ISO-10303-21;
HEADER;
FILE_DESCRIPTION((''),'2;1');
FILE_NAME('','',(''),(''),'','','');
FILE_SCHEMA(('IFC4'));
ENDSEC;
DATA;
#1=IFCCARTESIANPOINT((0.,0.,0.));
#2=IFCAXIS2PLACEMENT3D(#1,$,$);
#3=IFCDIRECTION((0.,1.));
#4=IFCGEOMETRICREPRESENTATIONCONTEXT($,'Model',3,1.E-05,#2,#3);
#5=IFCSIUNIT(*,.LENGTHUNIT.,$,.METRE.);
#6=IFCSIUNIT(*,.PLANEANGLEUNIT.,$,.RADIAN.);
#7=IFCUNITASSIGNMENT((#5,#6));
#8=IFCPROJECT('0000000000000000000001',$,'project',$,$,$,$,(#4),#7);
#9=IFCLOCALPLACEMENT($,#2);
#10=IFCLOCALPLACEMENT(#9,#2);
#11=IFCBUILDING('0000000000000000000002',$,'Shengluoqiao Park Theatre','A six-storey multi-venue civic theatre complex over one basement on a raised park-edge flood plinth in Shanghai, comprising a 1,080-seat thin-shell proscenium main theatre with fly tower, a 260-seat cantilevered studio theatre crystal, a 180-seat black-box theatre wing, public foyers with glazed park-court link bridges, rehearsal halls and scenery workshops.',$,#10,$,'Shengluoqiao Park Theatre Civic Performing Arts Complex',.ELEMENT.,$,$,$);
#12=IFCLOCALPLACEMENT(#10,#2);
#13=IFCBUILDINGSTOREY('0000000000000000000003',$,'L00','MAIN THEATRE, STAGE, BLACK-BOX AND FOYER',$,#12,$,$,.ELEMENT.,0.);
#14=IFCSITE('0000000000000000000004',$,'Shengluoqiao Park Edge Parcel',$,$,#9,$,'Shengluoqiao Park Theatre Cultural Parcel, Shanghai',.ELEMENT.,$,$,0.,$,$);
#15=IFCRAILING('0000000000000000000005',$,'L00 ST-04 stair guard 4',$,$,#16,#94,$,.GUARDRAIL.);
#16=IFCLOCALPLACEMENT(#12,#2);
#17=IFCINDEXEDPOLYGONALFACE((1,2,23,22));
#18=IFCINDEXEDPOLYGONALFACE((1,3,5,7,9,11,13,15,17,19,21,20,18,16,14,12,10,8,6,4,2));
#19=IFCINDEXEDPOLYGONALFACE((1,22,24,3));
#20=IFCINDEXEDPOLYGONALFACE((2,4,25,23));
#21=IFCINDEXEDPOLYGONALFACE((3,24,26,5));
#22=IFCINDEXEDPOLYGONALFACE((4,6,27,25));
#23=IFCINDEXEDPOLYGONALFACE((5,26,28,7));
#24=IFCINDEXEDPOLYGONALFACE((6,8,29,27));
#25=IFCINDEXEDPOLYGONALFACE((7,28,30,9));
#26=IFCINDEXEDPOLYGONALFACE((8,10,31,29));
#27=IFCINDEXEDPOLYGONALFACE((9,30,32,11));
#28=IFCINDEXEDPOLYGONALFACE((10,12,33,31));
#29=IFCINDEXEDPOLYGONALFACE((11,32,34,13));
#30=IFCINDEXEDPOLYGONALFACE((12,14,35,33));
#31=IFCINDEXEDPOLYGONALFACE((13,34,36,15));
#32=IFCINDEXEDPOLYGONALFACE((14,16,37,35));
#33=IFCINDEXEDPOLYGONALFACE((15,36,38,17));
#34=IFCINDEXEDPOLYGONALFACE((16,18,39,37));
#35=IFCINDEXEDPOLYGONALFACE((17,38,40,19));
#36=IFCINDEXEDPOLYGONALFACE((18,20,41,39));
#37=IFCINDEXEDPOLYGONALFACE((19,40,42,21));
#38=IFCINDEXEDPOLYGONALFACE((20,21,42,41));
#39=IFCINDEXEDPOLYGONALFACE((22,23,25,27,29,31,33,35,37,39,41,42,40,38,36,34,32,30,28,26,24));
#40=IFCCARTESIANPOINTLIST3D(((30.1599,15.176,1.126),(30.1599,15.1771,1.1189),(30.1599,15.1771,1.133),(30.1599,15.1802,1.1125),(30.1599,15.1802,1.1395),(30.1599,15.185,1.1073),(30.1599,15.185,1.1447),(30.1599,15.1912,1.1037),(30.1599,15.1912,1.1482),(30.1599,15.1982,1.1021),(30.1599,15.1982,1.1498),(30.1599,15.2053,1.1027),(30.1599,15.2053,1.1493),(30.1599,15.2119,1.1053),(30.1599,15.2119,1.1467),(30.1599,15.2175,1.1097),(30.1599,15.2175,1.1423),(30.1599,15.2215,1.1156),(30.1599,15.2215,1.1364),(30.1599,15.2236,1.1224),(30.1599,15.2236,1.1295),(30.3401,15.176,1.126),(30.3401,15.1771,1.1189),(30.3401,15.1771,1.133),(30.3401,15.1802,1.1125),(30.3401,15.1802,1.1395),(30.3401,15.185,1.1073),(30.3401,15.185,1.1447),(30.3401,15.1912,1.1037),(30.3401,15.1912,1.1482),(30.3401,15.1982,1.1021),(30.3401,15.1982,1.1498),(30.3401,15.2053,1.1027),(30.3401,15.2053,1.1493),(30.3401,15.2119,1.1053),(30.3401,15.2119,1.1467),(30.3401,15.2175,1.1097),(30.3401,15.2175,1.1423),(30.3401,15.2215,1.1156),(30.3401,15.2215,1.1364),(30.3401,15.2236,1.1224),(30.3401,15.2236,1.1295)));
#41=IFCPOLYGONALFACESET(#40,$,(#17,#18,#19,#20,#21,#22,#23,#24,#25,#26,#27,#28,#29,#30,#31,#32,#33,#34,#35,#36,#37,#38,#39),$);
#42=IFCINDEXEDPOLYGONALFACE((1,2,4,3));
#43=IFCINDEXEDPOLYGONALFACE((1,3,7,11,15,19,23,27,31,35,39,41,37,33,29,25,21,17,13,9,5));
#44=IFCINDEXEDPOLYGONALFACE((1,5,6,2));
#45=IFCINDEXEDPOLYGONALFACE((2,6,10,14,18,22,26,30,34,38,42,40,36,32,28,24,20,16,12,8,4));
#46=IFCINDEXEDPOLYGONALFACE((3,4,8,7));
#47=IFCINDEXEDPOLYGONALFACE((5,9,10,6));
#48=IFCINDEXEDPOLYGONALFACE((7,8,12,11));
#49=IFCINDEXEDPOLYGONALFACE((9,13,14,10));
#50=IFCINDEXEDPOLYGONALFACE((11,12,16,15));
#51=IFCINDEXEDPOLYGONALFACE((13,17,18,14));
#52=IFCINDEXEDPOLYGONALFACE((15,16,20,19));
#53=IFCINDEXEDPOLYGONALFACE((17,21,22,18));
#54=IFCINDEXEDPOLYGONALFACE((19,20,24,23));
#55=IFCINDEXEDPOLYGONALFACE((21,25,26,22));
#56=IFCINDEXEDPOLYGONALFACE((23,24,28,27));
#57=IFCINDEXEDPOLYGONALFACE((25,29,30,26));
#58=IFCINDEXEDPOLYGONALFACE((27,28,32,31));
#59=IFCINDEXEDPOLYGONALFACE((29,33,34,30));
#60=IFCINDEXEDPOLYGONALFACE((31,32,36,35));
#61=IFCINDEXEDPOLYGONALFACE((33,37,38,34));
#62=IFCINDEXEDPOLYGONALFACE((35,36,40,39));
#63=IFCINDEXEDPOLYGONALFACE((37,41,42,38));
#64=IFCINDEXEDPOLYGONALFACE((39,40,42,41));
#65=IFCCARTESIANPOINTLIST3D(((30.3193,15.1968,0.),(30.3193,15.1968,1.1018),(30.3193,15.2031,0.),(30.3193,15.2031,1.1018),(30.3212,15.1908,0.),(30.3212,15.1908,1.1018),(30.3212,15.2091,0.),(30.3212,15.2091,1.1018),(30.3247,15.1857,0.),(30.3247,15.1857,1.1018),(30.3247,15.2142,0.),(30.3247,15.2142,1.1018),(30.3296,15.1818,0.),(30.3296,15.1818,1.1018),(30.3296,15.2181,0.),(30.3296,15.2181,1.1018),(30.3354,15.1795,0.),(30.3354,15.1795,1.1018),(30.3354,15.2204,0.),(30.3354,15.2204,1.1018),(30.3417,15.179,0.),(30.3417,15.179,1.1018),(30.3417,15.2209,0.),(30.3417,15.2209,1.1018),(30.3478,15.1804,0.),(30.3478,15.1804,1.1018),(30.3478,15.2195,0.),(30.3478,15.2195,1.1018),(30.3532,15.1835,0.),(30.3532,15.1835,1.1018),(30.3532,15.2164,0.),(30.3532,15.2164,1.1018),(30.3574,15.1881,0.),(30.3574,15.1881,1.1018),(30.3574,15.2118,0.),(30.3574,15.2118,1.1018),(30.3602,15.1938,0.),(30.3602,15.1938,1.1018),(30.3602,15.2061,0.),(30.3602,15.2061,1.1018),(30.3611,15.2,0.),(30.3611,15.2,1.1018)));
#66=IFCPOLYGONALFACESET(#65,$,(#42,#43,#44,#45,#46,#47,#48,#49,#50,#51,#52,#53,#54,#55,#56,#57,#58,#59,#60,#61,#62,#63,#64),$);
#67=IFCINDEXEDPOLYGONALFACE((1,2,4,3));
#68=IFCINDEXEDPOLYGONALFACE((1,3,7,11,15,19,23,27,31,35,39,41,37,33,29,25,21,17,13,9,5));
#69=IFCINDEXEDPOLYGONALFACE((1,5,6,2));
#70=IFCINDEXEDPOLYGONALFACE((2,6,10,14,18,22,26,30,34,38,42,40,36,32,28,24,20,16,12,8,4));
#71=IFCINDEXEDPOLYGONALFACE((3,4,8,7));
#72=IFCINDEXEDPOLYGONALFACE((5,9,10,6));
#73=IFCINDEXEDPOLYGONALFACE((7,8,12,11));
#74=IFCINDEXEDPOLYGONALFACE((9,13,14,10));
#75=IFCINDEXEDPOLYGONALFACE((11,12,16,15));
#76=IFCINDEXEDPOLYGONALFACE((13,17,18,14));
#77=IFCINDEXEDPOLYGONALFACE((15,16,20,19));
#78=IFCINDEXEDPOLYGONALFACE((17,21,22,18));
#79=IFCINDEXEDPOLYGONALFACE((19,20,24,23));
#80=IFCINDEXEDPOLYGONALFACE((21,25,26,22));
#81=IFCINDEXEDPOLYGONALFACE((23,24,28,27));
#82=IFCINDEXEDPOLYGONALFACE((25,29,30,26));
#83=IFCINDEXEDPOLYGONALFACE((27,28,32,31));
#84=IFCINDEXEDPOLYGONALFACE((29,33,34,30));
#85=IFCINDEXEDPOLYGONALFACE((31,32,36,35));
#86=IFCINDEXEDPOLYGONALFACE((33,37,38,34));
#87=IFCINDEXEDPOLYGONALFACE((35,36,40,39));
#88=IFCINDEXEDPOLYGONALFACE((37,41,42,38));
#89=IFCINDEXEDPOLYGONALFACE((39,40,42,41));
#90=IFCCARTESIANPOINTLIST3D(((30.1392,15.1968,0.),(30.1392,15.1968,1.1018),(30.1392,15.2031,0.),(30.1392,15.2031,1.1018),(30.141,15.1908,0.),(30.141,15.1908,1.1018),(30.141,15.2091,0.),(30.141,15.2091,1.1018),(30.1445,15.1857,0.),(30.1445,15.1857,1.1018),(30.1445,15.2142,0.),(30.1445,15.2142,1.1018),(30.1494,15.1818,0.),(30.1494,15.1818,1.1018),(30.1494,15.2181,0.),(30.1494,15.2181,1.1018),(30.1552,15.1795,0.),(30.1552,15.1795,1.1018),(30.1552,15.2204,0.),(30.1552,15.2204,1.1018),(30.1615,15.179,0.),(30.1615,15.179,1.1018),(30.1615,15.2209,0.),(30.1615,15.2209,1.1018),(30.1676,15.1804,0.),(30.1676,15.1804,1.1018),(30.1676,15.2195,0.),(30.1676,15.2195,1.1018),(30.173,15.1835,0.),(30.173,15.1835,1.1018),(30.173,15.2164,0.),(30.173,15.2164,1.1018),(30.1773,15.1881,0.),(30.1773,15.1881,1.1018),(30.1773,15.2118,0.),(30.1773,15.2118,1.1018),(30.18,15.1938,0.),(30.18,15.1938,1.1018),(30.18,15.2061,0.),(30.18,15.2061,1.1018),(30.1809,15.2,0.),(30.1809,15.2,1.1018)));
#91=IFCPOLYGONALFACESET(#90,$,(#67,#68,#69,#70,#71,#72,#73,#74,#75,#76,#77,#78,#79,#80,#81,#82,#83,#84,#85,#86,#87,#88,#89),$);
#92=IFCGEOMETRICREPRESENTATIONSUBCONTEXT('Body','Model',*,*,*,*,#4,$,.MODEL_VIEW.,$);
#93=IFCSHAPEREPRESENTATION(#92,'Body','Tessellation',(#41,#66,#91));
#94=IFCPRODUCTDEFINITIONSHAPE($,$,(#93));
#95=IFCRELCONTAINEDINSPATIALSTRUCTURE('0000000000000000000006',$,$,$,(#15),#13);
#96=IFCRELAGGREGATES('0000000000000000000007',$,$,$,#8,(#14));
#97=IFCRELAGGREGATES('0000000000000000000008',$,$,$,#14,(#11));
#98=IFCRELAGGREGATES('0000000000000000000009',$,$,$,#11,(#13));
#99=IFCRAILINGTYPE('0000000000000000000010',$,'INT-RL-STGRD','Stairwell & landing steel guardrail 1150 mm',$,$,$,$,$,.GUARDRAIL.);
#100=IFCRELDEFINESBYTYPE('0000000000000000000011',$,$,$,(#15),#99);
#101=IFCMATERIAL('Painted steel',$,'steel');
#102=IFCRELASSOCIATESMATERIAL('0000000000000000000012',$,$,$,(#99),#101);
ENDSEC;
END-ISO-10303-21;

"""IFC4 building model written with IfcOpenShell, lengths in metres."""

from ifc_helpers import new_model, si_unit, direction, frame, origin, origin_2d, place, context, subcontext, project, spatial, circle, extrude, material, type_object, element, save


model = new_model("IFC4")

# Units and contexts
model_context = context("Model", 3, precision=1e-05, world=origin(), true_north=direction((0.0, 1.0)))
body_context = subcontext(model_context, "Body", "Model", "MODEL_VIEW")
ifc_project = project(units=[si_unit("LENGTHUNIT", "METRE"), si_unit("PLANEANGLEUNIT", "RADIAN")], contexts=[model_context])

# Site, building, storey
site_placement = place(None, origin())
site = spatial("IfcSite", under=ifc_project, at=site_placement, Name="Shengluoqiao Park Edge Parcel", LongName="Shengluoqiao Park Theatre Cultural Parcel, Shanghai", CompositionType="ELEMENT", RefElevation=0.0)
building_placement = place(site_placement, origin())
building = spatial("IfcBuilding", under=site, at=building_placement, Name="Shengluoqiao Park Theatre", Description="A six-storey multi-venue civic theatre complex over one basement on a raised park-edge flood plinth in Shanghai, comprising a 1,080-seat thin-shell proscenium main theatre with fly tower, a 260-seat cantilevered studio theatre crystal, a 180-seat black-box theatre wing, public foyers with glazed park-court link bridges, rehearsal halls and scenery workshops.", LongName="Shengluoqiao Park Theatre Civic Performing Arts Complex", CompositionType="ELEMENT")
storey_placement = place(building_placement, origin())
storey = spatial("IfcBuildingStorey", under=building, at=storey_placement, Name="L00", Description="MAIN THEATRE, STAGE, BLACK-BOX AND FOYER", CompositionType="ELEMENT", Elevation=0.0)

# Railing
ifc_material_1 = material(Name="Painted steel", Category="steel")
railing_type_1 = type_object("IfcRailingType", Name="INT-RL-STGRD", Description="Stairwell & landing steel guardrail 1150 mm", PredefinedType="GUARDRAIL", material=ifc_material_1)
railing_1_placement = place(storey_placement, frame((30.3401, 15.2, 0.0)))
element("IfcRailing", 1, at=railing_1_placement, inside=storey, type_object=railing_type_1, Name="L00 ST-04 stair guard 4", PredefinedType="GUARDRAIL", context=body_context, shape_type="SweptSolid", body=[
    extrude(circle(Radius=0.0239, at=origin_2d()), frame((0.0, 0.0, 1.126), z_axis=(-1.0, 0.0, 0.0), x_axis=(0.0, -1.0, 0.0)), (0.0, 0.0, 1.0), 0.1802),
    extrude(circle(Radius=0.021, at=origin_2d()), origin(), (0.0, 0.0, 1.0), 1.1018),
    extrude(circle(Radius=0.021, at=origin_2d()), frame((-0.1802, 0.0, 0.0)), (0.0, 0.0, 1.0), 1.1018),
])

save(model, "model.ifc")
